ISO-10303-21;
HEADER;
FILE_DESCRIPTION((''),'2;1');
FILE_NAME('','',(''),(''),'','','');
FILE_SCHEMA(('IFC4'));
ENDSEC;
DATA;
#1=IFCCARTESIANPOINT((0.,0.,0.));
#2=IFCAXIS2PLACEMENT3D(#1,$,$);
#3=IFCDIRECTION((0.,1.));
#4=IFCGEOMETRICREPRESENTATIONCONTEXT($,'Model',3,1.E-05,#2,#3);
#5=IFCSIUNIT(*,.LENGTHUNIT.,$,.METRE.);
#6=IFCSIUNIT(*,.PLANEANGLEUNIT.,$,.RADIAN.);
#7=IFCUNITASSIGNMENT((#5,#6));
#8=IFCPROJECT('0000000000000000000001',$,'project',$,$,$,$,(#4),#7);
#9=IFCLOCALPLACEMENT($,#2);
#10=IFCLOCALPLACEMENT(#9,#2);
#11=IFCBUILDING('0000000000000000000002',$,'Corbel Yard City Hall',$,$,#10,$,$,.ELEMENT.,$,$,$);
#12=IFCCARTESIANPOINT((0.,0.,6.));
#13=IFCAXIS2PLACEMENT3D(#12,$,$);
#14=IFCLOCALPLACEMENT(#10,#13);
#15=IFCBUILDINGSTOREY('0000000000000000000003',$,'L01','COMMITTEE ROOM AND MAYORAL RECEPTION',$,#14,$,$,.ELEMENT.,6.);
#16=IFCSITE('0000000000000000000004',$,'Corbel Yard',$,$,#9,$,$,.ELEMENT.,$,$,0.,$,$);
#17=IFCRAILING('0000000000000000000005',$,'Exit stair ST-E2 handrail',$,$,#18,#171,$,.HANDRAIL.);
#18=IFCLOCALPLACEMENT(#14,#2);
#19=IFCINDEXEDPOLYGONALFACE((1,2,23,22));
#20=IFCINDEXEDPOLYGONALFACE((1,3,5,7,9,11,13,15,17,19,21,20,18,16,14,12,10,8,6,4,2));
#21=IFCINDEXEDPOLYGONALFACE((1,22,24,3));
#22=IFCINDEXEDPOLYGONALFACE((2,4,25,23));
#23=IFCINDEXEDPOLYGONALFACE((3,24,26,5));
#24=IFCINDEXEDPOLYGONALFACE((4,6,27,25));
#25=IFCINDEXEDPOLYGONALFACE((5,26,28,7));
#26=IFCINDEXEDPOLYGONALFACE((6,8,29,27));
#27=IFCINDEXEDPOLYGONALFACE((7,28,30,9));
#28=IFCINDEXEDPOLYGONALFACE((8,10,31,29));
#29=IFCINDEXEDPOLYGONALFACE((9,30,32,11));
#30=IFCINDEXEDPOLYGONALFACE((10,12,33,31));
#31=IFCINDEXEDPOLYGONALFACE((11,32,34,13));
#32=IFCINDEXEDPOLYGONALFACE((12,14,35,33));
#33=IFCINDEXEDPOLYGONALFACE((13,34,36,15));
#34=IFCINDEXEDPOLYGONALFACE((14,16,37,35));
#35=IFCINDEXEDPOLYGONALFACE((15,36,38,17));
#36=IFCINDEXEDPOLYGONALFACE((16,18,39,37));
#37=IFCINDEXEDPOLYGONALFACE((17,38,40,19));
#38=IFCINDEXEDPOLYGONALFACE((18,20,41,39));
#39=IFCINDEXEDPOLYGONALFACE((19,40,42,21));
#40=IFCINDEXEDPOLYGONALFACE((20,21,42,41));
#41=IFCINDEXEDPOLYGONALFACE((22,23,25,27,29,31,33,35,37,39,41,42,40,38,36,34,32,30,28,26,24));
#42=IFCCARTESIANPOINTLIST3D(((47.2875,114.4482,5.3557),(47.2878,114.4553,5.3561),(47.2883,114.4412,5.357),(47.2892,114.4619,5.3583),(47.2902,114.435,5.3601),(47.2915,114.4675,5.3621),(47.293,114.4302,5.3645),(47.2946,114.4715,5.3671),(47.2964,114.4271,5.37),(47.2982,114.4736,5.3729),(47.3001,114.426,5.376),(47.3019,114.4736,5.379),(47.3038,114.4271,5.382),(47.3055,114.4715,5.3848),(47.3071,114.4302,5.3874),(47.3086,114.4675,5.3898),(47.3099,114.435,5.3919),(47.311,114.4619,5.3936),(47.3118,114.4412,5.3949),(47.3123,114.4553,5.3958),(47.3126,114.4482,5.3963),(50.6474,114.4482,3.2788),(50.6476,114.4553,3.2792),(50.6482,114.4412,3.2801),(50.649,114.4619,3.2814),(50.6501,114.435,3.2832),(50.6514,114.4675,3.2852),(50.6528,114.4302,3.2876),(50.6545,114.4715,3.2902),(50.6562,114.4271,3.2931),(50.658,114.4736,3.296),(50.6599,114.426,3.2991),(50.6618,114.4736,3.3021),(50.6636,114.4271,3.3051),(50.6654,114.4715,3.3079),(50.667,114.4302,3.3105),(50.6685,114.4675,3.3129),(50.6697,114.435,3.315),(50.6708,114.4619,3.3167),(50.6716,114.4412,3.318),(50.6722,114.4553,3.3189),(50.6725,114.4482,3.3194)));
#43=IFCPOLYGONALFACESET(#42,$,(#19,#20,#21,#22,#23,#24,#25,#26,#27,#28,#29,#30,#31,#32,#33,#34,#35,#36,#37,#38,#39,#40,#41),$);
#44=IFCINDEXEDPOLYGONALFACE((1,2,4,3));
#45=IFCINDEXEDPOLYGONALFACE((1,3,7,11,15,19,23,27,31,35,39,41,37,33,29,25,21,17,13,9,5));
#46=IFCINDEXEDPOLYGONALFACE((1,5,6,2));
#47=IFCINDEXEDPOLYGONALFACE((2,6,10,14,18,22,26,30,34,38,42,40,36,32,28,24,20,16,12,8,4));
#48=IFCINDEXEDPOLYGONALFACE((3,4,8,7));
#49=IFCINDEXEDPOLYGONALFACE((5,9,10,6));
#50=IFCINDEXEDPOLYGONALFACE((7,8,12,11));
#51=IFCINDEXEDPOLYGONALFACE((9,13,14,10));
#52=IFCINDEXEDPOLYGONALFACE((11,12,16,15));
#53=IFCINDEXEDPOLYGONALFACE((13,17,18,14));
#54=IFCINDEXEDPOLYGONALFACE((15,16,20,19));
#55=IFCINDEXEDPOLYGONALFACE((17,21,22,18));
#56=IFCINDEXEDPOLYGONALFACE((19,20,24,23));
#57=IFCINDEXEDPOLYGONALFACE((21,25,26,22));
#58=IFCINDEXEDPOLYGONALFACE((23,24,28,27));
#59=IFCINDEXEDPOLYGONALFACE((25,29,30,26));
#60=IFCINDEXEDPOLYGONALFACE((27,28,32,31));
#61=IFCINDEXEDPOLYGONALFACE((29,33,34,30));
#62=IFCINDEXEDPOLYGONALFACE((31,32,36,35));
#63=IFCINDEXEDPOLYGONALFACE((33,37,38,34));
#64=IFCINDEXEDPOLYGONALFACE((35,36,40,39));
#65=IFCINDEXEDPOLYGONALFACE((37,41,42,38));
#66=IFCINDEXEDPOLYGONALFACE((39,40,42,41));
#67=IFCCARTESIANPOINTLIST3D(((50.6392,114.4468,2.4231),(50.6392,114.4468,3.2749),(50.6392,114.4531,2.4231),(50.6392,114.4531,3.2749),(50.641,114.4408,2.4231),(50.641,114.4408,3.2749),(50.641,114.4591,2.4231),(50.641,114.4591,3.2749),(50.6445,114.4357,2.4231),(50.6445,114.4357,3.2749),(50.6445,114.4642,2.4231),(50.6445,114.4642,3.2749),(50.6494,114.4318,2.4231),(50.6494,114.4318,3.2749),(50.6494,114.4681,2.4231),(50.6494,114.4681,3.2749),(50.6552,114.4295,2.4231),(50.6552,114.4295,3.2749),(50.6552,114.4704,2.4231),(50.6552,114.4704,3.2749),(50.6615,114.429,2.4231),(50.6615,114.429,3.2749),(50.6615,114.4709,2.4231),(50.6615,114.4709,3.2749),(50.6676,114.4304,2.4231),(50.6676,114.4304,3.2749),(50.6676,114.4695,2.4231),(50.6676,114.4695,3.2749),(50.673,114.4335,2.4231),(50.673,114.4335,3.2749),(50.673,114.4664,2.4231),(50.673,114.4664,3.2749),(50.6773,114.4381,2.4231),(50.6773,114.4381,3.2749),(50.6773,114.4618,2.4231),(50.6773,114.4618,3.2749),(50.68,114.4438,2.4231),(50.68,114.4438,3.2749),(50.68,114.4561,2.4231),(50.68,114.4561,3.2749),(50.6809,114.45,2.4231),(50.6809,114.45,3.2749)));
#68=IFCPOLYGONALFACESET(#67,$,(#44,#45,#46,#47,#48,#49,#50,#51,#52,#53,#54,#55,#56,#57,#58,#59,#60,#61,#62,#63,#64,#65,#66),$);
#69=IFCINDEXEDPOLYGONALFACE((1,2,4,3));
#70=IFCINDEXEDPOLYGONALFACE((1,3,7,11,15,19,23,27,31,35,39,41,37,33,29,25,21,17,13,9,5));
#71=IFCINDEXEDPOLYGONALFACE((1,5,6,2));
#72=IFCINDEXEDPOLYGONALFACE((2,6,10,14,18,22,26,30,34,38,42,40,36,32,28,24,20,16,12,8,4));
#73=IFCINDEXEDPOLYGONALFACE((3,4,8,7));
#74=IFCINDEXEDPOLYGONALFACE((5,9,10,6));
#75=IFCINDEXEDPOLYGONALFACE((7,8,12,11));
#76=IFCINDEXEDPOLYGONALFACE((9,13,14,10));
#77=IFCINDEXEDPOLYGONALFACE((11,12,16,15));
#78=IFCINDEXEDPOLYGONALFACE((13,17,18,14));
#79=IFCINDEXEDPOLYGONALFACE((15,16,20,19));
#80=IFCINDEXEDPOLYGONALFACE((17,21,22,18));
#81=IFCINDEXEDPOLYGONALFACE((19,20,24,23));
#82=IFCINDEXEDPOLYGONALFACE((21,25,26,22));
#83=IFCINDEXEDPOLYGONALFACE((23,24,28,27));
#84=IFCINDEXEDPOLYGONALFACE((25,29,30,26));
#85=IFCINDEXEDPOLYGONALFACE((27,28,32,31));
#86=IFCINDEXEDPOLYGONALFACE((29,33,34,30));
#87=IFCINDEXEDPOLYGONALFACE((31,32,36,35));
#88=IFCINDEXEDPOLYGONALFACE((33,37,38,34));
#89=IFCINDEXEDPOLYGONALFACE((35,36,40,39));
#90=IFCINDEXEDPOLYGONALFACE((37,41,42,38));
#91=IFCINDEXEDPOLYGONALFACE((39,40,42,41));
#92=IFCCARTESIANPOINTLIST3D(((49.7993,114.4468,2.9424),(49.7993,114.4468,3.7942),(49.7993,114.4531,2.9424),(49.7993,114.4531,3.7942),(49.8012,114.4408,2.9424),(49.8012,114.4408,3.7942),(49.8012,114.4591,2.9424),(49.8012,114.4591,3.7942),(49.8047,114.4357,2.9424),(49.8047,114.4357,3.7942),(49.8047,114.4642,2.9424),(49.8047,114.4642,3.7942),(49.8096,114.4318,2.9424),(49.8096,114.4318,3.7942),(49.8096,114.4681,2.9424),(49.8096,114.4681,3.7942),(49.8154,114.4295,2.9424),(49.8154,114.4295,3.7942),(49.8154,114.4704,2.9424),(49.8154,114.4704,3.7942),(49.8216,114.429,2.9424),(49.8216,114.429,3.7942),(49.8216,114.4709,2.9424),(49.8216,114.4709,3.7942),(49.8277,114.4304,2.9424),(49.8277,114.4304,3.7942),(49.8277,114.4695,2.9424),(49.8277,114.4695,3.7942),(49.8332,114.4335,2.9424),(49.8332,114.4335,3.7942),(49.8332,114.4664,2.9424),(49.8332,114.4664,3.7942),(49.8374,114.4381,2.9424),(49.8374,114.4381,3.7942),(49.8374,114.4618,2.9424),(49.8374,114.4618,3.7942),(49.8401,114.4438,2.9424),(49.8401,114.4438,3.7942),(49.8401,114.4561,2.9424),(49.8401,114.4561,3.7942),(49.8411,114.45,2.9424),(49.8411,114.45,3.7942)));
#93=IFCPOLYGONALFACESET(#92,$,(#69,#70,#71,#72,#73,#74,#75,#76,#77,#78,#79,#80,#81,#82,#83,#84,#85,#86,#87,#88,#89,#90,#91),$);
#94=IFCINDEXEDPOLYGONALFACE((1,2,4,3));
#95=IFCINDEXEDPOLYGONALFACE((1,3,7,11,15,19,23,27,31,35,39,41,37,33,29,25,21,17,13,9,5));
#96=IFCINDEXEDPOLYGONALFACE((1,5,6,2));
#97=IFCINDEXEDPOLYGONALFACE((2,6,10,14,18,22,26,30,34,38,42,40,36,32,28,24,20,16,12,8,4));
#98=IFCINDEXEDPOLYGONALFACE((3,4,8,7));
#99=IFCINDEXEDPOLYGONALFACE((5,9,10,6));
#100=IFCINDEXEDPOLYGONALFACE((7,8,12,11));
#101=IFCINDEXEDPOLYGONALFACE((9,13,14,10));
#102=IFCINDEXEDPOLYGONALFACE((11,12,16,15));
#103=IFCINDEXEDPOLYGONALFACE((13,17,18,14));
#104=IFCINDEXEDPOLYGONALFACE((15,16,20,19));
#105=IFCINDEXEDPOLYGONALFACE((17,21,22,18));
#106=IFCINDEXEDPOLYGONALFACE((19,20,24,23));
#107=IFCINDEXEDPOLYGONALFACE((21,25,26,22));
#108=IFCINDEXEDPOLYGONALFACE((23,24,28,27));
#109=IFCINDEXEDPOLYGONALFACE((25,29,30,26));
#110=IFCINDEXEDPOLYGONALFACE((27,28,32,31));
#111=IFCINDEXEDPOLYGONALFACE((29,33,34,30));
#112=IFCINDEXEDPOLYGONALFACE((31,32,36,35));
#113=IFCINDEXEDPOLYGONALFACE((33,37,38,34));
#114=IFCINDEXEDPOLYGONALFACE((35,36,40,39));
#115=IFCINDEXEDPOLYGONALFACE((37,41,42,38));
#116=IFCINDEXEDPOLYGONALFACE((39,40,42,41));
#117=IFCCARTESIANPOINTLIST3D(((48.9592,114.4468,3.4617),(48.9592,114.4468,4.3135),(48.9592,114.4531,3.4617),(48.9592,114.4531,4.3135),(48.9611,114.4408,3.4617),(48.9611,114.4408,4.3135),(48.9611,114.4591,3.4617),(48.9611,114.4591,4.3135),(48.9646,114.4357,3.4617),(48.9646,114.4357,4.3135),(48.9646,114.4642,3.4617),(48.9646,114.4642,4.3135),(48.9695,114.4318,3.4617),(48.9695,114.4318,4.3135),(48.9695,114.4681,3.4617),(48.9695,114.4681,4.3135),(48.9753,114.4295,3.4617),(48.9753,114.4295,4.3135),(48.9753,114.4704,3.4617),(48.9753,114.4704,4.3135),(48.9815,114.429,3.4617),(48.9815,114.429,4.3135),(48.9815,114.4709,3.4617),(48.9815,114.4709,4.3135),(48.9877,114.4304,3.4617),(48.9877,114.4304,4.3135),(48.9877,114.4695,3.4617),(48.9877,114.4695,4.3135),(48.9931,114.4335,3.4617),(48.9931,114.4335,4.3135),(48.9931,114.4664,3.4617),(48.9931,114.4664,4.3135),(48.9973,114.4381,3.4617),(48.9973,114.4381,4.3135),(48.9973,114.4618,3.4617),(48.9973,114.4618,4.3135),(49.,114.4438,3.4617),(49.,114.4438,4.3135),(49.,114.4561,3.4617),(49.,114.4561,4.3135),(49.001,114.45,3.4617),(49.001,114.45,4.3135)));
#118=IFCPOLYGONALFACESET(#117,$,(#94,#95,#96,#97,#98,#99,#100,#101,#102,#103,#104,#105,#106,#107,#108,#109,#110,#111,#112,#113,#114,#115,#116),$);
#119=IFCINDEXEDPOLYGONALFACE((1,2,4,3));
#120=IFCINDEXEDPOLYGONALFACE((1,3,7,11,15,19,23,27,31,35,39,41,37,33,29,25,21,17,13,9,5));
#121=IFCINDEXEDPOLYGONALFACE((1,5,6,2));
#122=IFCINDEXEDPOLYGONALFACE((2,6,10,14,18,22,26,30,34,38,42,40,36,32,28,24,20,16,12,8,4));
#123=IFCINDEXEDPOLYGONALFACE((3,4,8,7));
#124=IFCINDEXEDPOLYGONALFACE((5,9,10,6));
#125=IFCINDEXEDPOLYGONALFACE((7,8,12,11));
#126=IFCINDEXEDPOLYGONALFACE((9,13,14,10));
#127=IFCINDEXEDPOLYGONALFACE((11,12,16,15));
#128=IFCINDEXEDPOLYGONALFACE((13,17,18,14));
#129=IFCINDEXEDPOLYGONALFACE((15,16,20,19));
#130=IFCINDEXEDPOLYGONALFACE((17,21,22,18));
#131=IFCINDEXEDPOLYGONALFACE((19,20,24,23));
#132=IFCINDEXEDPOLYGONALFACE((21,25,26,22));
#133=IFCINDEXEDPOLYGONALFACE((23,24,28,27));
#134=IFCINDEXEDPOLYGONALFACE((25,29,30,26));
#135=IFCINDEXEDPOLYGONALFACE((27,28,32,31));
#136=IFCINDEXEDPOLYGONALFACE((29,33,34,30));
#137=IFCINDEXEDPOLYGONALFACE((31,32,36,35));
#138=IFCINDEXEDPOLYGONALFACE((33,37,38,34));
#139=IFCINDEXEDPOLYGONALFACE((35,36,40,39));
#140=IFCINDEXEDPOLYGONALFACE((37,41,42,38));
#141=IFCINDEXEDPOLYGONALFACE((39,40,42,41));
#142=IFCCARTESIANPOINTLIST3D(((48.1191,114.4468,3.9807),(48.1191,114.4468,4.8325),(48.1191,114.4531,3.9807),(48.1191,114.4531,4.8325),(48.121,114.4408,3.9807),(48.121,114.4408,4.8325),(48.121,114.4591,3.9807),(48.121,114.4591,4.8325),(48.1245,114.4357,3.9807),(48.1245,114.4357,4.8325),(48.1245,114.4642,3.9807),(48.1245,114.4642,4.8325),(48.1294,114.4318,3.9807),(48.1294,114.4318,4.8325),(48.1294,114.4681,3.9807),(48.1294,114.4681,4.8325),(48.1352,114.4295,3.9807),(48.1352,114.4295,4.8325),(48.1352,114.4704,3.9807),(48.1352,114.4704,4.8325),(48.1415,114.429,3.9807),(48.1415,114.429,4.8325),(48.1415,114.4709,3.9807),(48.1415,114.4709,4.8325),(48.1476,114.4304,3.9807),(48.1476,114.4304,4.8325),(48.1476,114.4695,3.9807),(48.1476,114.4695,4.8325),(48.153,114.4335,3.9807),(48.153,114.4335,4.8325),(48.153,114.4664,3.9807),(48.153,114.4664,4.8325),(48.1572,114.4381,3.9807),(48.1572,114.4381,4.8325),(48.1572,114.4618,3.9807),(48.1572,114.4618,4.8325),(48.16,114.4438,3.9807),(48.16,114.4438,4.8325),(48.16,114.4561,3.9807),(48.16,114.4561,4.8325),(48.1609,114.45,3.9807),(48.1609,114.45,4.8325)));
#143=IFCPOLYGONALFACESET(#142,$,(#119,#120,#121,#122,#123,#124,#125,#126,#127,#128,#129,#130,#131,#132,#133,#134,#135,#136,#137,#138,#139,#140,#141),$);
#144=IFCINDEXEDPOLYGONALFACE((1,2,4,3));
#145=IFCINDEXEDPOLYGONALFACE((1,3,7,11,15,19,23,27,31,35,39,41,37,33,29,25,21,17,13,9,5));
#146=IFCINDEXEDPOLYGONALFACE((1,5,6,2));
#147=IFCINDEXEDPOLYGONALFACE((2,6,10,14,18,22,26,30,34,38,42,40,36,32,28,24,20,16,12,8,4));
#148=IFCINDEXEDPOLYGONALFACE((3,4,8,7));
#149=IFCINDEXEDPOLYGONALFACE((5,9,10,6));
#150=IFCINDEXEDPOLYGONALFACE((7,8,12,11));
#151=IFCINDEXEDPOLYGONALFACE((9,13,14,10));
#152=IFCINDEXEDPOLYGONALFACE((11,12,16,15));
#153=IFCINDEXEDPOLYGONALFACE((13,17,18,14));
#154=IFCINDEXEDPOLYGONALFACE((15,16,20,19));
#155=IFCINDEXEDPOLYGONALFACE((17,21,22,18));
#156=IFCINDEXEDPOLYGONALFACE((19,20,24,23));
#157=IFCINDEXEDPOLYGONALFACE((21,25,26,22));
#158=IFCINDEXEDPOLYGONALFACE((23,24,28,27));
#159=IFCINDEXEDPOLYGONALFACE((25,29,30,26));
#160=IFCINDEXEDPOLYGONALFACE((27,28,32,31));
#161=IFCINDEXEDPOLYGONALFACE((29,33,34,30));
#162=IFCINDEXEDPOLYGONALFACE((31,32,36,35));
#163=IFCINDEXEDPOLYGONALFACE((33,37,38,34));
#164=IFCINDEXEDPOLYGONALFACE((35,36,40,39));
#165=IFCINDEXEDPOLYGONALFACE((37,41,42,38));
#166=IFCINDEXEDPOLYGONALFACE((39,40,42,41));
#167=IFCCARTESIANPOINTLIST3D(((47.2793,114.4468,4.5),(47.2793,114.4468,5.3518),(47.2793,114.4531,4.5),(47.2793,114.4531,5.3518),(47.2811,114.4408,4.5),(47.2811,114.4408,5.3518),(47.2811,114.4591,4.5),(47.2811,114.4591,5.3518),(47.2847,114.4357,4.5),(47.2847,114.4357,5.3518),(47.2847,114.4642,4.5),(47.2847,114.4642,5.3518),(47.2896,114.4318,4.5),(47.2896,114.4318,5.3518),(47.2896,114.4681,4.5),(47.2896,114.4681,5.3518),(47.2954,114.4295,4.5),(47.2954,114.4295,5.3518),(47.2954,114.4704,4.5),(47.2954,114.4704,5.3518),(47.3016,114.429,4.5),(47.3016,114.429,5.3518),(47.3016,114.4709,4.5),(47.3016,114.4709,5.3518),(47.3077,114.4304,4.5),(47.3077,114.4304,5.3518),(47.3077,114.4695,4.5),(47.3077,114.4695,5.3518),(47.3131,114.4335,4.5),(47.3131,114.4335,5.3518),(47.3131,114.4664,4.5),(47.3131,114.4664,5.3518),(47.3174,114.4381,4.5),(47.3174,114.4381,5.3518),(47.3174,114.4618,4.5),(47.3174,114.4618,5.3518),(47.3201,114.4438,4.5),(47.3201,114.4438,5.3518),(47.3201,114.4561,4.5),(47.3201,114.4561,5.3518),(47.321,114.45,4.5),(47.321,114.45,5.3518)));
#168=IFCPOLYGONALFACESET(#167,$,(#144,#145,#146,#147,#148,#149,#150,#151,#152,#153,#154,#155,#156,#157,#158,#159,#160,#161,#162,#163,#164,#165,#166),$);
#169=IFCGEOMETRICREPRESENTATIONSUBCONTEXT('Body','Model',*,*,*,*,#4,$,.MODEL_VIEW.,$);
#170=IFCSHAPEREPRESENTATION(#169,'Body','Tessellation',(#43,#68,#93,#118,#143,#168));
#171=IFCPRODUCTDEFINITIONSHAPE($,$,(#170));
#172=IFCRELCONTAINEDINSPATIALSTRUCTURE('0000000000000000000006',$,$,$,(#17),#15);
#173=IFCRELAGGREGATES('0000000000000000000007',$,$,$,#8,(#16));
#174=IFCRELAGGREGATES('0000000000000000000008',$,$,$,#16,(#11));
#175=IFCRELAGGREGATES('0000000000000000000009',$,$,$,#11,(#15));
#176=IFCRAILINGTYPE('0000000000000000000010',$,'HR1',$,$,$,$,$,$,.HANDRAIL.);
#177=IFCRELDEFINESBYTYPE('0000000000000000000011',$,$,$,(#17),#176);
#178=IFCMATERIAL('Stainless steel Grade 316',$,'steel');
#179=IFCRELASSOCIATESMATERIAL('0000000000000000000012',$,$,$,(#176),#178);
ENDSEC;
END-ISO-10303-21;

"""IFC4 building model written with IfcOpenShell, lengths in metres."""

from ifc_helpers import new_model, si_unit, direction, frame, origin, origin_2d, place, context, subcontext, project, spatial, circle, extrude, material, type_object, element, save


model = new_model("IFC4")

# Units and contexts
model_context = context("Model", 3, precision=1e-05, world=origin(), true_north=direction((0.0, 1.0)))
body_context = subcontext(model_context, "Body", "Model", "MODEL_VIEW")
ifc_project = project(units=[si_unit("LENGTHUNIT", "METRE"), si_unit("PLANEANGLEUNIT", "RADIAN")], contexts=[model_context])

# Site, building, storey
site_placement = place(None, origin())
site = spatial("IfcSite", under=ifc_project, at=site_placement, Name="Corbel Yard", CompositionType="ELEMENT", RefElevation=0.0)
building_placement = place(site_placement, origin())
building = spatial("IfcBuilding", under=site, at=building_placement, Name="Corbel Yard City Hall", CompositionType="ELEMENT")
storey_placement = place(building_placement, frame((0.0, 0.0, 6.0)))
storey = spatial("IfcBuildingStorey", under=building, at=storey_placement, Name="L01", Description="COMMITTEE ROOM AND MAYORAL RECEPTION", CompositionType="ELEMENT", Elevation=6.0)

# Railing
ifc_material_1 = material(Name="Stainless steel Grade 316", Category="steel")
railing_type = type_object("IfcRailingType", Name="HR1", PredefinedType="HANDRAIL", material=ifc_material_1)
for number, where, name in (
    (1, (50.6599, 114.45, 2.4231), "Exit stair ST-E2 handrail"),
):
    element("IfcRailing", number, at=place(storey_placement, frame(where)), inside=storey, type_object=railing_type, Name=name, PredefinedType="HANDRAIL", context=body_context, shape_type="SweptSolid", body=[
        extrude(circle(Radius=0.0239, at=origin_2d()), frame((0.0, 0.0, 0.876), z_axis=(-0.850606, 0.0, 0.525803), x_axis=(0.0, -1.0, 0.0)), (0.0, 0.0, 1.0), 3.95),
        extrude(circle(Radius=0.021, at=origin_2d()), origin(), (0.0, 0.0, 1.0), 0.8518),
        extrude(circle(Radius=0.021, at=origin_2d()), frame((-0.8398, 0.0, 0.5193)), (0.0, 0.0, 1.0), 0.8518),
        extrude(circle(Radius=0.021, at=origin_2d()), frame((-1.6799, 0.0, 1.0386)), (0.0, 0.0, 1.0), 0.8518),
        extrude(circle(Radius=0.021, at=origin_2d()), frame((-2.52, 0.0, 1.5576)), (0.0, 0.0, 1.0), 0.8518),
        extrude(circle(Radius=0.021, at=origin_2d()), frame((-3.3599, 0.0, 2.0769)), (0.0, 0.0, 1.0), 0.8518),
    ])

save(model, "model.ifc")
